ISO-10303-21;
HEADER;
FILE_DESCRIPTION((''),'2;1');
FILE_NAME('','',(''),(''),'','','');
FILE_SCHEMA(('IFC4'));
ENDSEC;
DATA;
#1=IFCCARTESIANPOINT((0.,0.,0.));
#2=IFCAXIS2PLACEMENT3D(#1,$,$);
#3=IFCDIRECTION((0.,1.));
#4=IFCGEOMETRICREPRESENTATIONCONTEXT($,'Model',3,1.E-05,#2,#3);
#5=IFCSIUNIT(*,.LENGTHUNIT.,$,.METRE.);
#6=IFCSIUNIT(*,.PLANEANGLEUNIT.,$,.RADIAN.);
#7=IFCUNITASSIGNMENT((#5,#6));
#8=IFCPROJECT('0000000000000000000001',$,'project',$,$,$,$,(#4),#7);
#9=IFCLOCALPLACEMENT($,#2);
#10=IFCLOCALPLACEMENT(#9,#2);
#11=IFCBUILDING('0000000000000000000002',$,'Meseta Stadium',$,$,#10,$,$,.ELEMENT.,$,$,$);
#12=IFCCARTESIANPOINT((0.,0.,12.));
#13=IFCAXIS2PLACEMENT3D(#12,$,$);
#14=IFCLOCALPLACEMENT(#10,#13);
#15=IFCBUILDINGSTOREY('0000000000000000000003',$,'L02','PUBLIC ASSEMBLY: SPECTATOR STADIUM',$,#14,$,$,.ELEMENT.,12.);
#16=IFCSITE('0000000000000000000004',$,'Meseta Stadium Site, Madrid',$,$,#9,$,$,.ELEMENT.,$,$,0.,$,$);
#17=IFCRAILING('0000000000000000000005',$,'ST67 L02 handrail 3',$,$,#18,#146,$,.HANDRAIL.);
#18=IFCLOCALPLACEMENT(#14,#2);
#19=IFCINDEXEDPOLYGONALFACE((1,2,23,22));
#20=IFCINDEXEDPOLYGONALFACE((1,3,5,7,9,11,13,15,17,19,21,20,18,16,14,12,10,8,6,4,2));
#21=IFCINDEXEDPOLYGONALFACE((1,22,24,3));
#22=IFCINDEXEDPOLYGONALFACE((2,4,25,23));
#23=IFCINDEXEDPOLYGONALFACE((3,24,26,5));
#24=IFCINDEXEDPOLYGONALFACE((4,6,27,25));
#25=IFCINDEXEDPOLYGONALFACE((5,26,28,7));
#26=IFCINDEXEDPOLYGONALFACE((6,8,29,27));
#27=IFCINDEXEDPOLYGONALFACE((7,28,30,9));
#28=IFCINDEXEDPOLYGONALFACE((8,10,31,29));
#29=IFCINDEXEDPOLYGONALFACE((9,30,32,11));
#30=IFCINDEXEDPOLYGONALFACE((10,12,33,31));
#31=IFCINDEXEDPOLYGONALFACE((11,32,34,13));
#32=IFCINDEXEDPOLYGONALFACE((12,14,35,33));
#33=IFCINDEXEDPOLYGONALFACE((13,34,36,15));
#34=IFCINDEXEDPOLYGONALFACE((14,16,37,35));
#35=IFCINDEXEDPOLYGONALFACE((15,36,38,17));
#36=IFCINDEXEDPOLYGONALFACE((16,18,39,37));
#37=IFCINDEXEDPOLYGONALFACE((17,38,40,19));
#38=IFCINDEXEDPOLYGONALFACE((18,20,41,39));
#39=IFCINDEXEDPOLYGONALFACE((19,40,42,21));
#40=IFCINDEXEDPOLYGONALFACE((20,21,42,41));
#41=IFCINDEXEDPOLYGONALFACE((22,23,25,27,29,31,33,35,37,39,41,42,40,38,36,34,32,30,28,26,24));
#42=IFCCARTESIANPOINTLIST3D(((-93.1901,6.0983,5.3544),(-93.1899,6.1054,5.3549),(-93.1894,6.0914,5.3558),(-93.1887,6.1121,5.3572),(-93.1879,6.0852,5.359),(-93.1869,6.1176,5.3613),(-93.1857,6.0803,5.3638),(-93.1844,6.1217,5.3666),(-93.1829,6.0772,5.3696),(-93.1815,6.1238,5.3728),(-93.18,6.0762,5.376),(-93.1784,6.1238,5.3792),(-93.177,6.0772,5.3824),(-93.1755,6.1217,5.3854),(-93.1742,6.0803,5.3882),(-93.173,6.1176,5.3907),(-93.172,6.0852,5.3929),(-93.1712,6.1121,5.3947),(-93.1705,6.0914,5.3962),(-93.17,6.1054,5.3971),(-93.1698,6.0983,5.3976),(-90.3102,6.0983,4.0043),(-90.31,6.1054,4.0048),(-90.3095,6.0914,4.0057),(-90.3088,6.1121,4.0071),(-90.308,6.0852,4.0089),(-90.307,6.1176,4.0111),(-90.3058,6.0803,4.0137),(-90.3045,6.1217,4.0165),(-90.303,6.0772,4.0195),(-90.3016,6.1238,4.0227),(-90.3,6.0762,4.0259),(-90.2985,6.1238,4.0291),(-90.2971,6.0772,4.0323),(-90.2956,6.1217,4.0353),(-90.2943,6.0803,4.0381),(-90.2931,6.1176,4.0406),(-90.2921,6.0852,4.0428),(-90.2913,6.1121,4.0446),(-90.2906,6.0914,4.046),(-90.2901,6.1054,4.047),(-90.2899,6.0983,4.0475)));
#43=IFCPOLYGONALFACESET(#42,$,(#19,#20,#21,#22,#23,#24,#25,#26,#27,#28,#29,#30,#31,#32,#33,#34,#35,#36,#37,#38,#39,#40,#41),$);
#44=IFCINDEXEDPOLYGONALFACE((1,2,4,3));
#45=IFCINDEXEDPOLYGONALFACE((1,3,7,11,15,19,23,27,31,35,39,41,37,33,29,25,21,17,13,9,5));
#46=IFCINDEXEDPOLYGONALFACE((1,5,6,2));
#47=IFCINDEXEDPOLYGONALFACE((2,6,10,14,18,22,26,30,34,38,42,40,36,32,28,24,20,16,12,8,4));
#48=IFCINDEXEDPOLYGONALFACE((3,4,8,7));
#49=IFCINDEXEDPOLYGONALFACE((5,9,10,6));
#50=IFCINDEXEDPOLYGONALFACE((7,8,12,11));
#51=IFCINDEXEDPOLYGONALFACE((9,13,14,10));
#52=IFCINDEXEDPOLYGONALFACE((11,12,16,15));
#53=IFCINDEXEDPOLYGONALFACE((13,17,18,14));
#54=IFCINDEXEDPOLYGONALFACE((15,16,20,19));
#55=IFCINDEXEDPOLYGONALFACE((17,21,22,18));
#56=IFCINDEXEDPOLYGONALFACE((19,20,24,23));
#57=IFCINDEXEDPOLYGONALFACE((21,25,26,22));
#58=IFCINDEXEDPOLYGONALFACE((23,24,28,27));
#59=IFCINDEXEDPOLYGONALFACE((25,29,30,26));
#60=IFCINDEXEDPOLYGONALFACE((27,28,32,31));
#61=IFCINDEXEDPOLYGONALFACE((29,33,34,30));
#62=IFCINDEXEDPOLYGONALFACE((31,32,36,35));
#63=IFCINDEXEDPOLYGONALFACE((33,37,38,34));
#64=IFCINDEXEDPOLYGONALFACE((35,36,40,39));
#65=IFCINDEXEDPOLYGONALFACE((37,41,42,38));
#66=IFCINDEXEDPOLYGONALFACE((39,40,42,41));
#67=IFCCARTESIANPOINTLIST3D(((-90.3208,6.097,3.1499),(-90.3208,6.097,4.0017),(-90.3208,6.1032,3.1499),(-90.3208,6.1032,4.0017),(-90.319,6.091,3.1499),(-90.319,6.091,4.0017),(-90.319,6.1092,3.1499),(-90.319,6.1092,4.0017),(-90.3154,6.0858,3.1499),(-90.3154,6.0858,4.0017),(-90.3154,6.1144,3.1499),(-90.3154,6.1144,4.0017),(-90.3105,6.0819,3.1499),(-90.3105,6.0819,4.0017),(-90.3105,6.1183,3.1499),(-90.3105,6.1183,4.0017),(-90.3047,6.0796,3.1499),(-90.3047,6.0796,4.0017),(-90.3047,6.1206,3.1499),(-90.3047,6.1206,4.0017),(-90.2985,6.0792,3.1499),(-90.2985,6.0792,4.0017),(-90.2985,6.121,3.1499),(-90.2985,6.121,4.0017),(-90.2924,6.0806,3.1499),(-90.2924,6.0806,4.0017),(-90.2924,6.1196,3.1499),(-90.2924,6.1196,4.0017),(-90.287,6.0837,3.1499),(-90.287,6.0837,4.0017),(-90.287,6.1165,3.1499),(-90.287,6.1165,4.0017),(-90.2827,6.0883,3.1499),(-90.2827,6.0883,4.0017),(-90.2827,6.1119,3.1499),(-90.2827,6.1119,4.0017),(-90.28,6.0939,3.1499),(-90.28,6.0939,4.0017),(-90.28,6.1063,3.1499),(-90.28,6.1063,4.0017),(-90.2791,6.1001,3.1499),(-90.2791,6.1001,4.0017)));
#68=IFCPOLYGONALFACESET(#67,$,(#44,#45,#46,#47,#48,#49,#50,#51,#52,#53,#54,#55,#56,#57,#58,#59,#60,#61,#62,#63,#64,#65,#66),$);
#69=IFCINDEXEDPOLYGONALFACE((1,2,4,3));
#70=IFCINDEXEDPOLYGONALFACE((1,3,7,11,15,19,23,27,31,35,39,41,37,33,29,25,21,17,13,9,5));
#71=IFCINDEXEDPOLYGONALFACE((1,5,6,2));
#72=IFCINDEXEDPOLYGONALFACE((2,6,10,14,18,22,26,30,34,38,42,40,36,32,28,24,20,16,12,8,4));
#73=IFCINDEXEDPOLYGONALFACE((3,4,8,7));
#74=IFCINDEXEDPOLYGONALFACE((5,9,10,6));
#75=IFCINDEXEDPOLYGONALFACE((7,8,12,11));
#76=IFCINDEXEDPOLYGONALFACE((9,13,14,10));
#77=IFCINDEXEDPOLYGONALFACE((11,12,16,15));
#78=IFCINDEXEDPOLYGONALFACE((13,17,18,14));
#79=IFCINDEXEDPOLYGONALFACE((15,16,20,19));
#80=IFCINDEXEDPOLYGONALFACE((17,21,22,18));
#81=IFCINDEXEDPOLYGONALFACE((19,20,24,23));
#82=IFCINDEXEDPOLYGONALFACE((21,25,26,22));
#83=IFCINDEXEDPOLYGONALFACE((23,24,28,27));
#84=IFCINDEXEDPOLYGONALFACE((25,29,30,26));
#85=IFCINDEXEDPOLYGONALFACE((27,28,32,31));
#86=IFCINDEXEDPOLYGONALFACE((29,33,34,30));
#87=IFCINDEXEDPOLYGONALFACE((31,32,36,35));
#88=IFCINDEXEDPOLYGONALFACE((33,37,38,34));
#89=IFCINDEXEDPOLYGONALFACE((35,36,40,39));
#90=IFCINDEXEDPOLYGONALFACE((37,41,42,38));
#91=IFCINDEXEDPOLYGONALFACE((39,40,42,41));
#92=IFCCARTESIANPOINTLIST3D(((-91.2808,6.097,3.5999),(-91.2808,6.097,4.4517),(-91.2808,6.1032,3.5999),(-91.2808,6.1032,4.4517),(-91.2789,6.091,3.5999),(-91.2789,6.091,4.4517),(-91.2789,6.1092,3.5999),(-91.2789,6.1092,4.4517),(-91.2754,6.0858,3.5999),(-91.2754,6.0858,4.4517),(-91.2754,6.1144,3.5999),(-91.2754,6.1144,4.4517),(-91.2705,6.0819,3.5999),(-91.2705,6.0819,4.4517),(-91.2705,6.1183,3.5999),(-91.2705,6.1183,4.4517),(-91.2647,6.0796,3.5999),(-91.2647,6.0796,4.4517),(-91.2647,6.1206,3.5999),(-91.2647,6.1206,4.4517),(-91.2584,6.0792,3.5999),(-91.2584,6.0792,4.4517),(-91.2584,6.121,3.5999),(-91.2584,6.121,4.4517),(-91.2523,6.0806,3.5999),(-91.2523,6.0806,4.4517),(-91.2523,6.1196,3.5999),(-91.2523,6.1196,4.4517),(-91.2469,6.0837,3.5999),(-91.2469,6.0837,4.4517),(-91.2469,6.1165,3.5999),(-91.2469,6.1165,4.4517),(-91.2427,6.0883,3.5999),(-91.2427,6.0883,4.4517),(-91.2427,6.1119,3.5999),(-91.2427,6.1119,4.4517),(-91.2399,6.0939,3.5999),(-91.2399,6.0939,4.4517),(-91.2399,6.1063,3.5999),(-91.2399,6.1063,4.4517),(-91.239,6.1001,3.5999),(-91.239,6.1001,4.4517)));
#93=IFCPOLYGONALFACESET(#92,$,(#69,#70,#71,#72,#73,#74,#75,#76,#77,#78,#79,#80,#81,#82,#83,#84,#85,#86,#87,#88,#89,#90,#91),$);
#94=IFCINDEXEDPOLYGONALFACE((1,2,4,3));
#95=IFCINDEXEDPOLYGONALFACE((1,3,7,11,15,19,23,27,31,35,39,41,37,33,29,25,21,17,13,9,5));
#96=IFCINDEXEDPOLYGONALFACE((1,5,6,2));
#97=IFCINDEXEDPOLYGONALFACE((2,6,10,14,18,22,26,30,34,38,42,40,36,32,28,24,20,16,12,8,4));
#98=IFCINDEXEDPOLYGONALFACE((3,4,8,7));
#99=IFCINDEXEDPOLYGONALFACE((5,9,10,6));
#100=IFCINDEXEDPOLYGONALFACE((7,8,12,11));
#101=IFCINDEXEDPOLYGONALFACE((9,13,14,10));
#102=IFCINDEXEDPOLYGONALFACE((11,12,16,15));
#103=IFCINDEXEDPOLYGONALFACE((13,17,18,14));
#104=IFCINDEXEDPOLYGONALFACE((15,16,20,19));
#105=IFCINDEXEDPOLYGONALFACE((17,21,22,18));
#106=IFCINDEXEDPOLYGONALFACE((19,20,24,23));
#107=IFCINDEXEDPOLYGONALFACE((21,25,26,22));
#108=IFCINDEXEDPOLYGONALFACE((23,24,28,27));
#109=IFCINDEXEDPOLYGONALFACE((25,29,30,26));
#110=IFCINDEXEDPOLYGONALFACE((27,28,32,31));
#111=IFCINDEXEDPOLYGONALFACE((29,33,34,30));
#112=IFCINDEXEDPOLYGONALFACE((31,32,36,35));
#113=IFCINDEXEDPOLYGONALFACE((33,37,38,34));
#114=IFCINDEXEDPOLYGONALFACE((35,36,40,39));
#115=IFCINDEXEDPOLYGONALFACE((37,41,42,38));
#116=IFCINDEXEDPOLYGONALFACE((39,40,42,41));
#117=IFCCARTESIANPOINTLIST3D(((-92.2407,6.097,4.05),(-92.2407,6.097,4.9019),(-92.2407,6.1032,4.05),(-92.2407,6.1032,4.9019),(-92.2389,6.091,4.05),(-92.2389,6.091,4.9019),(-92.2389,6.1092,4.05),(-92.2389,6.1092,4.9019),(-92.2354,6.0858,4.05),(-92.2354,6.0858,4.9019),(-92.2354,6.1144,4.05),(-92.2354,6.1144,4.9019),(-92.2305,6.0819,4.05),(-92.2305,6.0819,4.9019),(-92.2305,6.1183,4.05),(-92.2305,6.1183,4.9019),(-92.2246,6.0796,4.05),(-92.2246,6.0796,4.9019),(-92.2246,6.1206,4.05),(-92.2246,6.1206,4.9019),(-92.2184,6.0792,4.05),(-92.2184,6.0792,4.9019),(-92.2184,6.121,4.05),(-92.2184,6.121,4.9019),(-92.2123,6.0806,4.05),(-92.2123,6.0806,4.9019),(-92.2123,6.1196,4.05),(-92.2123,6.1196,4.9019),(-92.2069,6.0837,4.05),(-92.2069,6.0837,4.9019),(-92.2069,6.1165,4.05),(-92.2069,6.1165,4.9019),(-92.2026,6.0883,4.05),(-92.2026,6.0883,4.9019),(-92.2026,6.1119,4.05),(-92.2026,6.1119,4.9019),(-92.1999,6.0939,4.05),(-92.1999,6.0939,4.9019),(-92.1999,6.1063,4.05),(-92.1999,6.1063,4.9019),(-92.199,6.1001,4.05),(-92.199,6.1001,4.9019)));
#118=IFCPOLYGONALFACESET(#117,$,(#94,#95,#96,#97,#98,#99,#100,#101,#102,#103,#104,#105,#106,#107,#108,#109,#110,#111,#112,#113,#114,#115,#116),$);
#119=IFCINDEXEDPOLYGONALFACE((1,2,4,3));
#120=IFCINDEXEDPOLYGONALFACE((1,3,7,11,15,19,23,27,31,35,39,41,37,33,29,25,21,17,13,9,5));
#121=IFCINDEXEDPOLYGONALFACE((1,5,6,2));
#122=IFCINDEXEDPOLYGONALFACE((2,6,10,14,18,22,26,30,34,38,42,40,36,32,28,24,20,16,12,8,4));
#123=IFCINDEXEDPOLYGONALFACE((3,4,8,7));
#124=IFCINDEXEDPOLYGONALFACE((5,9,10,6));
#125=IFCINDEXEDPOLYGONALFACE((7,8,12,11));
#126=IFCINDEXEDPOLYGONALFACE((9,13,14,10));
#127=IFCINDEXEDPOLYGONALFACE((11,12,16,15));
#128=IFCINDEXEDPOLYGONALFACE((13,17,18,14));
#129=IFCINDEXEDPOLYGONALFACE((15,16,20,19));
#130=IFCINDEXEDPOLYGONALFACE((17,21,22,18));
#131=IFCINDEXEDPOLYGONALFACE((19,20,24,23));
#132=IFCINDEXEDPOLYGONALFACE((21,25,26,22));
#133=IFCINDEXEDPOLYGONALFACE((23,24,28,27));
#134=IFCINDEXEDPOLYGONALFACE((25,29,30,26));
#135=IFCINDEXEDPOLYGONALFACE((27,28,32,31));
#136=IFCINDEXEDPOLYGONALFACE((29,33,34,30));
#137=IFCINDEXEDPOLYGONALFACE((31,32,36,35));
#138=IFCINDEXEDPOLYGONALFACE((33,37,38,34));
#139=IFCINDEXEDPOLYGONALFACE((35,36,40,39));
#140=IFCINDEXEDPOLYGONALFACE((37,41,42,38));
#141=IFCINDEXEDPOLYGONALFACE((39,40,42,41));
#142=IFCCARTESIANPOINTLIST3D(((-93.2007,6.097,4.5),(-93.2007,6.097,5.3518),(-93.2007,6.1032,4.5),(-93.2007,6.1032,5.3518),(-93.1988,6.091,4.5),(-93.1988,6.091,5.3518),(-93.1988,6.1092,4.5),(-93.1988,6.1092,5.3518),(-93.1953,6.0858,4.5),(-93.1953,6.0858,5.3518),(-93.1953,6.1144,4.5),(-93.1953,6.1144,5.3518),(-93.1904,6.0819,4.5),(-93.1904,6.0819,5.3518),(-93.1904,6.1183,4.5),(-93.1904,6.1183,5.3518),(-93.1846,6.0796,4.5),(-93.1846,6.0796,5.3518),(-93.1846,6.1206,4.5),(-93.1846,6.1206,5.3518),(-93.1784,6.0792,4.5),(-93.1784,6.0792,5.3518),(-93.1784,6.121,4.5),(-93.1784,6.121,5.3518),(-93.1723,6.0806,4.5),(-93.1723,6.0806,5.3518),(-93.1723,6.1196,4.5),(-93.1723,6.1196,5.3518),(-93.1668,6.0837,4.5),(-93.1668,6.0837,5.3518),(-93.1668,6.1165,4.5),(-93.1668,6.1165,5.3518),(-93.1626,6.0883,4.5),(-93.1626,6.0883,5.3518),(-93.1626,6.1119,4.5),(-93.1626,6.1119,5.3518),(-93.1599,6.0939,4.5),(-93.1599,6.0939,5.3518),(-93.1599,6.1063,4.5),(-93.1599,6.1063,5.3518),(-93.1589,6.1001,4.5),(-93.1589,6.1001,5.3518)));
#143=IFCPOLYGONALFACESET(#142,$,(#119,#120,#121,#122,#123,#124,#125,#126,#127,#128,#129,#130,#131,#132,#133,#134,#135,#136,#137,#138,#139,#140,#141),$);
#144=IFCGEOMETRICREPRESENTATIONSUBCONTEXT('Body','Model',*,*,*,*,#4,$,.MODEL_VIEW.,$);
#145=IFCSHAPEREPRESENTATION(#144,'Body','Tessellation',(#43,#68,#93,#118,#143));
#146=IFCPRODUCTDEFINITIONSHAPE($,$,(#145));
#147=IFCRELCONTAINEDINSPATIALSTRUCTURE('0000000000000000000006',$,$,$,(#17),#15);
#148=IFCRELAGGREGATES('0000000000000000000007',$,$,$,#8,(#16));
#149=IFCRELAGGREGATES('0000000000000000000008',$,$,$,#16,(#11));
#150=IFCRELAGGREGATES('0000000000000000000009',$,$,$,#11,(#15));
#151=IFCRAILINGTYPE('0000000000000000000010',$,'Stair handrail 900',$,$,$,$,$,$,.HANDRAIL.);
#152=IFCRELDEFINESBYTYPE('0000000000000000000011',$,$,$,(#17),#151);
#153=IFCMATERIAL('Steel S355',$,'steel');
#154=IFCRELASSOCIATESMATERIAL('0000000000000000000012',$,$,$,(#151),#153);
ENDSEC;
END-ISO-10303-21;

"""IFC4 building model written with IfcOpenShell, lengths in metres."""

from ifc_helpers import new_model, si_unit, direction, frame, origin, origin_2d, place, context, subcontext, project, spatial, circle, extrude, material, type_object, element, save


model = new_model("IFC4")

# Units and contexts
model_context = context("Model", 3, precision=1e-05, world=origin(), true_north=direction((0.0, 1.0)))
body_context = subcontext(model_context, "Body", "Model", "MODEL_VIEW")
ifc_project = project(units=[si_unit("LENGTHUNIT", "METRE"), si_unit("PLANEANGLEUNIT", "RADIAN")], contexts=[model_context])

# Site, building, storey
site_placement = place(None, origin())
site = spatial("IfcSite", under=ifc_project, at=site_placement, Name="Meseta Stadium Site, Madrid", CompositionType="ELEMENT", RefElevation=0.0)
building_placement = place(site_placement, origin())
building = spatial("IfcBuilding", under=site, at=building_placement, Name="Meseta Stadium", CompositionType="ELEMENT")
storey_placement = place(building_placement, frame((0.0, 0.0, 12.0)))
storey = spatial("IfcBuildingStorey", under=building, at=storey_placement, Name="L02", Description="PUBLIC ASSEMBLY: SPECTATOR STADIUM", CompositionType="ELEMENT", Elevation=12.0)

# Railing
ifc_material_1 = material(Name="Steel S355", Category="steel")
railing_type_1 = type_object("IfcRailingType", Name="Stair handrail 900", PredefinedType="HANDRAIL", material=ifc_material_1)
for number, where, name in (
    (1, (-90.3, 6.1001, 3.1499), "ST67 L02 handrail 3"),
):
    element("IfcRailing", number, at=place(storey_placement, frame(where)), inside=storey, type_object=railing_type_1, Name=name, PredefinedType="HANDRAIL", context=body_context, shape_type="SweptSolid", body=[
        extrude(circle(Radius=0.0239, at=origin_2d()), frame((0.0, 0.0, 0.876), z_axis=(-0.90544, 0.0, 0.424473), x_axis=(0.0, -1.0, 0.0)), (0.0, 0.0, 1.0), 3.1807),
        extrude(circle(Radius=0.021, at=origin_2d()), origin(), (0.0, 0.0, 1.0), 0.8518),
        extrude(circle(Radius=0.021, at=origin_2d()), frame((-0.96, 0.0, 0.45)), (0.0, 0.0, 1.0), 0.8518),
        extrude(circle(Radius=0.021, at=origin_2d()), frame((-1.9199, 0.0, 0.9001)), (0.0, 0.0, 1.0), 0.8518),
        extrude(circle(Radius=0.021, at=origin_2d()), frame((-2.8799, 0.0, 1.3501)), (0.0, 0.0, 1.0), 0.8518),
    ])

save(model, "model.ifc")
